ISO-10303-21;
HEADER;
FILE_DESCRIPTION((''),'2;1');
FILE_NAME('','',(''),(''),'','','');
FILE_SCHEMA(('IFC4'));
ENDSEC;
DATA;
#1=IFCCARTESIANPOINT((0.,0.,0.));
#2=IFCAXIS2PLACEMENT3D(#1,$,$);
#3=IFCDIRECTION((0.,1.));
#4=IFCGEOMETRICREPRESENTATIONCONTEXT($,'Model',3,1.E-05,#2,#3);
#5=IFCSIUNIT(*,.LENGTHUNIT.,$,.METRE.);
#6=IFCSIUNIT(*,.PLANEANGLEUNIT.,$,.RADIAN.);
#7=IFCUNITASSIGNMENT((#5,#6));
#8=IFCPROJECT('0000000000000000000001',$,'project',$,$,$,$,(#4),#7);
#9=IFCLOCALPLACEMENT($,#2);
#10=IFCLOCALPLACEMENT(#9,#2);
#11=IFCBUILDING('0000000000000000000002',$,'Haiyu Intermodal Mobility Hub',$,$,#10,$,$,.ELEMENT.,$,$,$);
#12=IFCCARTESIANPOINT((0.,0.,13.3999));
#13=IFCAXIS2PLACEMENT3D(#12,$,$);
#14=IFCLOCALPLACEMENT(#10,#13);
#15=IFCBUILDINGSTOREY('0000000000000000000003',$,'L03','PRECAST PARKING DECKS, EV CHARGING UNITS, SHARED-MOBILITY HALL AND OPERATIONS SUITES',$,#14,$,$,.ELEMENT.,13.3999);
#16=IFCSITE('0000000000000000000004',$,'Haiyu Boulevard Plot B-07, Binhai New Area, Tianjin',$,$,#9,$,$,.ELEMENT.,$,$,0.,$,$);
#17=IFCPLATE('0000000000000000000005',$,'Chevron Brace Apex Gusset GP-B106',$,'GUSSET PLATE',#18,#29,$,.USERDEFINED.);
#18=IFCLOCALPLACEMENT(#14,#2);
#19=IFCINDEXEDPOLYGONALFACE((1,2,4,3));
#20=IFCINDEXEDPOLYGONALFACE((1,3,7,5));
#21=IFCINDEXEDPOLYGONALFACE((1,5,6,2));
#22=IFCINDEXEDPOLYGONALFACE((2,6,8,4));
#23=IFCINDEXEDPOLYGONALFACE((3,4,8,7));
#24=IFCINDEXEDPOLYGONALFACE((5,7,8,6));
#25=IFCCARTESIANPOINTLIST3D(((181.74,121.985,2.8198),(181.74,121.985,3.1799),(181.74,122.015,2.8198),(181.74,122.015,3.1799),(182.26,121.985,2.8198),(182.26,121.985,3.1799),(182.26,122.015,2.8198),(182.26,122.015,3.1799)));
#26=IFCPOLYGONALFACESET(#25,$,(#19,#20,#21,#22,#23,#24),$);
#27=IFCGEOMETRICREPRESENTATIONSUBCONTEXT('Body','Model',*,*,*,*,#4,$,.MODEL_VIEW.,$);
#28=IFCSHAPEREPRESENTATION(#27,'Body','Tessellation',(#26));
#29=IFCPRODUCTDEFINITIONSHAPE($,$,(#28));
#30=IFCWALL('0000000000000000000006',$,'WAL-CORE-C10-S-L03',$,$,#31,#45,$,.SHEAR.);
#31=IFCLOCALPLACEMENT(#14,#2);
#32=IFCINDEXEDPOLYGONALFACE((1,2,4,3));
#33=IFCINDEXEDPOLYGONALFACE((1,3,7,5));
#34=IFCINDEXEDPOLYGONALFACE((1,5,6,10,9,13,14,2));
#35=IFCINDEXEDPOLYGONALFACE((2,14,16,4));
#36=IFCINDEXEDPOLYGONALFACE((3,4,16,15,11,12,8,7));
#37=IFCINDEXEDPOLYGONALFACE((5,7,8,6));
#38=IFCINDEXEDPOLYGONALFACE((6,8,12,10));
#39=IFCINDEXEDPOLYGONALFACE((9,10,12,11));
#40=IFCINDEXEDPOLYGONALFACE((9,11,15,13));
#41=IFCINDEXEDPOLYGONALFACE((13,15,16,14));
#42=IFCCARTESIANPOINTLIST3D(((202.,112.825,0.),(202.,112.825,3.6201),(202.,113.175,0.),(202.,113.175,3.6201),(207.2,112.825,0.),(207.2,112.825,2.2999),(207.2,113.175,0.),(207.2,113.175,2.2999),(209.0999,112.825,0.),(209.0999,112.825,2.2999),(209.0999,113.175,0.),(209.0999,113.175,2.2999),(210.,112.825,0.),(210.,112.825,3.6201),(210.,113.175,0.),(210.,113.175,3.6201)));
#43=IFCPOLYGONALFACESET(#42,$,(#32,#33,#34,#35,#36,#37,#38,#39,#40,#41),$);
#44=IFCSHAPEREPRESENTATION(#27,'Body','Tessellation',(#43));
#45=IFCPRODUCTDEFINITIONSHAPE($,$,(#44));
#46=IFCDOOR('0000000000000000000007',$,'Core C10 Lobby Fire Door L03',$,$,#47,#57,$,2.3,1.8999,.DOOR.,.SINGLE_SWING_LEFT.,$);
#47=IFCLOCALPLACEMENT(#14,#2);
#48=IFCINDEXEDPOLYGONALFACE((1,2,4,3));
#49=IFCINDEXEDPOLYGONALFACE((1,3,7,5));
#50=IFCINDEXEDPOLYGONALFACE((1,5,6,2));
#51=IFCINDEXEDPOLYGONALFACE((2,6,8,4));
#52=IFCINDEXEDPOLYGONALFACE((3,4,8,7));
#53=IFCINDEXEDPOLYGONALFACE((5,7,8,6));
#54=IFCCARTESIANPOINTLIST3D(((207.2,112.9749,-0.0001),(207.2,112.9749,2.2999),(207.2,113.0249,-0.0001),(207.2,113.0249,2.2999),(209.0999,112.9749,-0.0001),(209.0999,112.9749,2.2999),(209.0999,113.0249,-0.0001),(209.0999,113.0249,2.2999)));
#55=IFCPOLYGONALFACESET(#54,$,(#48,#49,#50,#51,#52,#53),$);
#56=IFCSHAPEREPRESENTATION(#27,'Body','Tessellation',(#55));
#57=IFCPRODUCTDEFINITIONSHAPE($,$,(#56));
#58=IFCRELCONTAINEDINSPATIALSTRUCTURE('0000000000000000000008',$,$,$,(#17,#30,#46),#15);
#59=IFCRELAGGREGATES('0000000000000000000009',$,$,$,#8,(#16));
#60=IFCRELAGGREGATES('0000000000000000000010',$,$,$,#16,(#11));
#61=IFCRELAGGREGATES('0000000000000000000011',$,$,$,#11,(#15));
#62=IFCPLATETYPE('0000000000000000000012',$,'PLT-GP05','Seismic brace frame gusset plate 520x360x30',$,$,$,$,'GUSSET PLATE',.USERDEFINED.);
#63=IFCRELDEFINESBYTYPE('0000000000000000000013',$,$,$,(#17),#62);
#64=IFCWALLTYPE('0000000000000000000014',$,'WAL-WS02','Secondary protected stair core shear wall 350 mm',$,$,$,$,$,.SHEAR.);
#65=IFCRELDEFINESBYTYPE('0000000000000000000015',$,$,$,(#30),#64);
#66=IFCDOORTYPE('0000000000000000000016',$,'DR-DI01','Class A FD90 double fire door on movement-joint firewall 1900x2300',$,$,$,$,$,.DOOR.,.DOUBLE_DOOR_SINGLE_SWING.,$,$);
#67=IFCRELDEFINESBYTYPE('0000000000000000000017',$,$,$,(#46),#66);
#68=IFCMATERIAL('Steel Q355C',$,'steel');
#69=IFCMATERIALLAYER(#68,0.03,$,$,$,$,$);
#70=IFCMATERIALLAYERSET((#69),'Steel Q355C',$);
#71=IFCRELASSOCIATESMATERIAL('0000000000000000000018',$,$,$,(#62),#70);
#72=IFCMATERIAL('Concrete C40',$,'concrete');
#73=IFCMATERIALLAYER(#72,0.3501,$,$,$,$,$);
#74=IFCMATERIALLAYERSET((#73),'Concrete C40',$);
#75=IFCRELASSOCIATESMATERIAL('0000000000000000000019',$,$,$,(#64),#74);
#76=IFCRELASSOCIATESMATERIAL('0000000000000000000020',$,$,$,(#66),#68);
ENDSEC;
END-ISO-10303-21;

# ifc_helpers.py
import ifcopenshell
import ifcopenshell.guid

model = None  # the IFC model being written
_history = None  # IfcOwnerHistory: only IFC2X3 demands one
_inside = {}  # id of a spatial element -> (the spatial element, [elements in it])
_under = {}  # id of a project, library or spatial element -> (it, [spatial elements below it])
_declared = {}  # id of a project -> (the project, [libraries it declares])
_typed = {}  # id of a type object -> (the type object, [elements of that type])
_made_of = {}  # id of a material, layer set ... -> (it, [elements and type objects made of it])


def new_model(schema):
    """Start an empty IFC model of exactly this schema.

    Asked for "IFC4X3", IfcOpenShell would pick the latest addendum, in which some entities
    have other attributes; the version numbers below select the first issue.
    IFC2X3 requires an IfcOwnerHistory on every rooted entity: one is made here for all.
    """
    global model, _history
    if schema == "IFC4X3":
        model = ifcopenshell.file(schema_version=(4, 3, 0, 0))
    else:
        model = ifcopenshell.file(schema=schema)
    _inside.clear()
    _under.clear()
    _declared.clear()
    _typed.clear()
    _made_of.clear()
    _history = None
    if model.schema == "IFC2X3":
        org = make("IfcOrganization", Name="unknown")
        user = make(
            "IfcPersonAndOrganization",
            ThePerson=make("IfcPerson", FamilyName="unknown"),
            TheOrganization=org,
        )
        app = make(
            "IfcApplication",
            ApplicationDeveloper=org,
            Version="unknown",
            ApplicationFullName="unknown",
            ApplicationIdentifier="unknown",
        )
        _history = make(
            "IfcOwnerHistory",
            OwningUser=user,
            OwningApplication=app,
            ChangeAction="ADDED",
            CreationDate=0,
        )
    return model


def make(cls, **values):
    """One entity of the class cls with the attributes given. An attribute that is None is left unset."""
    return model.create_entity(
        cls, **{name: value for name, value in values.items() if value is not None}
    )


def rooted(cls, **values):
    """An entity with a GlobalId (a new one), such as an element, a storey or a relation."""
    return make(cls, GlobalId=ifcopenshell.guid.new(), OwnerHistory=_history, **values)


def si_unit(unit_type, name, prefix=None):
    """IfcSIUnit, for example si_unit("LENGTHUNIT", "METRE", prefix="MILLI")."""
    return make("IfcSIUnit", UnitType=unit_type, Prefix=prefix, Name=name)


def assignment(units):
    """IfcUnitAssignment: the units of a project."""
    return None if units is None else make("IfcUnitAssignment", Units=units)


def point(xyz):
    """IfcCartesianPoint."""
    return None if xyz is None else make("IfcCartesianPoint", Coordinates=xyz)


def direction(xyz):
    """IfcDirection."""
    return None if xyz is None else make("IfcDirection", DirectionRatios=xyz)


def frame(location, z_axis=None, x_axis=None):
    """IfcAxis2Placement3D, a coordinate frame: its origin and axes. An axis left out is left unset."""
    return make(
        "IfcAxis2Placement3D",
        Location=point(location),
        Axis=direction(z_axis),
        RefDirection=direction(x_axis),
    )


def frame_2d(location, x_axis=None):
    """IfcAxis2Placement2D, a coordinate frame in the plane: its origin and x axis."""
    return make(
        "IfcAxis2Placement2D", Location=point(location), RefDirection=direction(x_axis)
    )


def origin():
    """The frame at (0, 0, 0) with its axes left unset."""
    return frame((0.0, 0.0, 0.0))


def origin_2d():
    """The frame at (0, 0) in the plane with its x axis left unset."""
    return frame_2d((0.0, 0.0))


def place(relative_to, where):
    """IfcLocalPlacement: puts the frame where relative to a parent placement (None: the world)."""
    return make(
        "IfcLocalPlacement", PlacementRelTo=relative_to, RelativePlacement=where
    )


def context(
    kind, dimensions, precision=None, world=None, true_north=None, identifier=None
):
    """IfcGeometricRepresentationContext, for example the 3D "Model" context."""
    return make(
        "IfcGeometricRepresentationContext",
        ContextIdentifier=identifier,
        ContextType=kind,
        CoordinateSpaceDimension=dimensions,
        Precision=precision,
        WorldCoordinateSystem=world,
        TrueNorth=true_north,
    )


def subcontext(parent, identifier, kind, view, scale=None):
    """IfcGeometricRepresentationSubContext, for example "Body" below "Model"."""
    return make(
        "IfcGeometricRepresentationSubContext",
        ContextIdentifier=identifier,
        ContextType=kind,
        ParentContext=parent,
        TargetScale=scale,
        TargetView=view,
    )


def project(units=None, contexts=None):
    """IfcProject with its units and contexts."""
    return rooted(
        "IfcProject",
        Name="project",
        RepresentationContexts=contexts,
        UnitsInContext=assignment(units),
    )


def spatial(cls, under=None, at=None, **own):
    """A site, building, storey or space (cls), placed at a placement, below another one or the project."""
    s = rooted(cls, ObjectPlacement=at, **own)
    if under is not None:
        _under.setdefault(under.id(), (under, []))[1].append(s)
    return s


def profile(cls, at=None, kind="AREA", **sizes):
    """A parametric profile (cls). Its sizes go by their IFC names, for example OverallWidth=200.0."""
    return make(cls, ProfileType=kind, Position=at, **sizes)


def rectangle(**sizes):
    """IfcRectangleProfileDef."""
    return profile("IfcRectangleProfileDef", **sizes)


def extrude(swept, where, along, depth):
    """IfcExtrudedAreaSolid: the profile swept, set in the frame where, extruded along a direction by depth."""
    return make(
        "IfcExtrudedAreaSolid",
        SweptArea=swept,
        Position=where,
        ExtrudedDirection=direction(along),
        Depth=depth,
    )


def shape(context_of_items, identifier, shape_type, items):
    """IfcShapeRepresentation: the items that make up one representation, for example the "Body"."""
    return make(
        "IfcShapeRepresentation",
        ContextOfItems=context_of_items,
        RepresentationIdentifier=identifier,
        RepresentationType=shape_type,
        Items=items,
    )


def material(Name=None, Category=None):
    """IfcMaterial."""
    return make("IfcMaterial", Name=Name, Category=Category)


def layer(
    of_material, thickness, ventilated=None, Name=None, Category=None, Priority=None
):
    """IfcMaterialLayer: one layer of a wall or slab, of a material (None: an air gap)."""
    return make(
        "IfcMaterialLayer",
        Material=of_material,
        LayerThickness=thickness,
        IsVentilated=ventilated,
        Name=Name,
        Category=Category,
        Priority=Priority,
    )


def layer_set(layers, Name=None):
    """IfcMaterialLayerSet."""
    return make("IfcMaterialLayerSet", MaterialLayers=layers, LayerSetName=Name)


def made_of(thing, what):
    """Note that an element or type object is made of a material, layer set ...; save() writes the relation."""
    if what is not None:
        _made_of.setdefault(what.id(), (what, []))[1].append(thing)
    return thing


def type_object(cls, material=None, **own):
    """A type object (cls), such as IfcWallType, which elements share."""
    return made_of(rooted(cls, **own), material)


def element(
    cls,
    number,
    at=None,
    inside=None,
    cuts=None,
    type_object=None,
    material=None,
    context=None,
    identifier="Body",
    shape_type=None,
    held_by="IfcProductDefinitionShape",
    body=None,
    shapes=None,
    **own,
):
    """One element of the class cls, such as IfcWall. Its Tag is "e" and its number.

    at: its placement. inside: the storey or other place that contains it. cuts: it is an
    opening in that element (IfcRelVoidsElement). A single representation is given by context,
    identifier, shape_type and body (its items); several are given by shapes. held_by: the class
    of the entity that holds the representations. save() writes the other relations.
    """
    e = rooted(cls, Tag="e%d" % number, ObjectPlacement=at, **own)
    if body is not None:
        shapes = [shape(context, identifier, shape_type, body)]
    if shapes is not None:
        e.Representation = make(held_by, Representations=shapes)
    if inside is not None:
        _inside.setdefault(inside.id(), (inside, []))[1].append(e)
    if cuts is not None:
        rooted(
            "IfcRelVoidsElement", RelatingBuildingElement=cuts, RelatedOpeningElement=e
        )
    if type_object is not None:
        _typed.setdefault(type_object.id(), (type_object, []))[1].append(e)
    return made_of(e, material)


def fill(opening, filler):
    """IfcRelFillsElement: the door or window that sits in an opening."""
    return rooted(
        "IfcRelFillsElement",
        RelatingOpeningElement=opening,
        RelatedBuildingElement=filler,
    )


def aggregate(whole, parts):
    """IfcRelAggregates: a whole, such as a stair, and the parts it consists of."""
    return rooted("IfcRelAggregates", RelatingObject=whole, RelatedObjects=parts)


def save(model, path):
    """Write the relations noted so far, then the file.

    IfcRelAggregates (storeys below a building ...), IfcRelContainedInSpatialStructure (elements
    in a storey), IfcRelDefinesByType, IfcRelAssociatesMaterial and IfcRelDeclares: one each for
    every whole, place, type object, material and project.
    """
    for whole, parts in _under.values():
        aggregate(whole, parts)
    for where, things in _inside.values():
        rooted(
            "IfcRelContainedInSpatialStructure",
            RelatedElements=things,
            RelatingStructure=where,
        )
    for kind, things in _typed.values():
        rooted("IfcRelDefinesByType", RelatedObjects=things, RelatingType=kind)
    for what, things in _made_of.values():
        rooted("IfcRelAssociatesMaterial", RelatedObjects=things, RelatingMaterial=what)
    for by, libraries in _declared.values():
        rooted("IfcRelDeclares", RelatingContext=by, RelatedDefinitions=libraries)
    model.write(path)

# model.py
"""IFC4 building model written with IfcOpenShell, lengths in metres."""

from ifc_helpers import new_model, si_unit, direction, frame, frame_2d, origin, origin_2d, place, context, subcontext, project, spatial, rectangle, extrude, material, layer, layer_set, type_object, element, fill, save


model = new_model("IFC4")

# Units and contexts
model_context = context("Model", 3, precision=1e-05, world=origin(), true_north=direction((0.0, 1.0)))
body_context = subcontext(model_context, "Body", "Model", "MODEL_VIEW")
ifc_project = project(units=[si_unit("LENGTHUNIT", "METRE"), si_unit("PLANEANGLEUNIT", "RADIAN")], contexts=[model_context])

# Site, building, storey
site_placement = place(None, origin())
site = spatial("IfcSite", under=ifc_project, at=site_placement, Name="Haiyu Boulevard Plot B-07, Binhai New Area, Tianjin", CompositionType="ELEMENT", RefElevation=0.0)
building_placement = place(site_placement, origin())
building = spatial("IfcBuilding", under=site, at=building_placement, Name="Haiyu Intermodal Mobility Hub", CompositionType="ELEMENT")
storey_placement = place(building_placement, frame((0.0, 0.0, 13.3999)))
storey = spatial("IfcBuildingStorey", under=building, at=storey_placement, Name="L03", Description="PRECAST PARKING DECKS, EV CHARGING UNITS, SHARED-MOBILITY HALL AND OPERATIONS SUITES", CompositionType="ELEMENT", Elevation=13.3999)

# Shared definitions
ifc_material_1 = material(Name="Concrete C40", Category="concrete")

# Shared definitions
ifc_material_2 = material(Name="Steel Q355C", Category="steel")

# Plate
ifc_layer_1 = layer(ifc_material_2, 0.03)
ifc_layer_set_1 = layer_set([ifc_layer_1], Name="Steel Q355C")
plate_type = type_object("IfcPlateType", Name="PLT-GP05", Description="Seismic brace frame gusset plate 520x360x30", ElementType="GUSSET PLATE", PredefinedType="USERDEFINED", material=ifc_layer_set_1)
plate_placement = place(storey_placement, frame((182.0, 122.0, 2.8198), z_axis=(0.0, 0.0, 1.0), x_axis=(1.0, 0.0, 0.0)))
element("IfcPlate", 1, at=plate_placement, inside=storey, type_object=plate_type, Name="Chevron Brace Apex Gusset GP-B106", ObjectType="GUSSET PLATE", PredefinedType="USERDEFINED", context=body_context, shape_type="SweptSolid", body=[
    extrude(rectangle(XDim=0.52, YDim=0.03, at=origin_2d()), origin(), (0.0, 0.0, 1.0), 0.3601),
])

# Wall, opening, door
ifc_layer_2 = layer(ifc_material_1, 0.3501)
ifc_layer_set_2 = layer_set([ifc_layer_2], Name="Concrete C40")
wall_type = type_object("IfcWallType", Name="WAL-WS02", Description="Secondary protected stair core shear wall 350 mm", PredefinedType="SHEAR", material=ifc_layer_set_2)
wall_placement = place(storey_placement, frame((202.0, 113.0, 0.0), z_axis=(0.0, 0.0, 1.0), x_axis=(1.0, 0.0, 0.0)))
wall = element("IfcWall", 2, at=wall_placement, inside=storey, type_object=wall_type, Name="WAL-CORE-C10-S-L03", PredefinedType="SHEAR", context=body_context, shape_type="SweptSolid", body=[
    extrude(rectangle(XDim=8.0, YDim=0.3501, at=frame_2d((4.0, 0.0))), origin(), (0.0, 0.0, 1.0), 3.6201),
])
opening_placement = place(wall_placement, frame((5.2, 0.0, 0.0)))
opening = element("IfcOpeningElement", 3, at=opening_placement, cuts=wall, PredefinedType="OPENING", context=body_context, shape_type="SweptSolid", body=[
    extrude(rectangle(XDim=1.8999, YDim=2.3, at=frame_2d((0.95, 1.1499))), frame((0.0, 0.1851, 0.0), z_axis=(0.0, -1.0, 0.0), x_axis=(1.0, 0.0, 0.0)), (0.0, 0.0, 1.0), 0.3701),
])
door_type = type_object("IfcDoorType", Name="DR-DI01", Description="Class A FD90 double fire door on movement-joint firewall 1900x2300", OperationType="DOUBLE_DOOR_SINGLE_SWING", PredefinedType="DOOR", material=ifc_material_2)
door_placement = place(opening_placement, origin())
door = element("IfcDoor", 4, at=door_placement, inside=storey, type_object=door_type, Name="Core C10 Lobby Fire Door L03", OperationType="SINGLE_SWING_LEFT", OverallHeight=2.3, OverallWidth=1.8999, PredefinedType="DOOR", context=body_context, shape_type="SweptSolid", body=[
    extrude(rectangle(XDim=1.8999, YDim=2.3, at=frame_2d((0.95, 1.1499))), frame((0.0, 0.0249, 0.0), z_axis=(0.0, -1.0, 0.0), x_axis=(1.0, 0.0, 0.0)), (0.0, 0.0, 1.0), 0.05),
])
fill(opening, door)

save(model, "model.ifc")
